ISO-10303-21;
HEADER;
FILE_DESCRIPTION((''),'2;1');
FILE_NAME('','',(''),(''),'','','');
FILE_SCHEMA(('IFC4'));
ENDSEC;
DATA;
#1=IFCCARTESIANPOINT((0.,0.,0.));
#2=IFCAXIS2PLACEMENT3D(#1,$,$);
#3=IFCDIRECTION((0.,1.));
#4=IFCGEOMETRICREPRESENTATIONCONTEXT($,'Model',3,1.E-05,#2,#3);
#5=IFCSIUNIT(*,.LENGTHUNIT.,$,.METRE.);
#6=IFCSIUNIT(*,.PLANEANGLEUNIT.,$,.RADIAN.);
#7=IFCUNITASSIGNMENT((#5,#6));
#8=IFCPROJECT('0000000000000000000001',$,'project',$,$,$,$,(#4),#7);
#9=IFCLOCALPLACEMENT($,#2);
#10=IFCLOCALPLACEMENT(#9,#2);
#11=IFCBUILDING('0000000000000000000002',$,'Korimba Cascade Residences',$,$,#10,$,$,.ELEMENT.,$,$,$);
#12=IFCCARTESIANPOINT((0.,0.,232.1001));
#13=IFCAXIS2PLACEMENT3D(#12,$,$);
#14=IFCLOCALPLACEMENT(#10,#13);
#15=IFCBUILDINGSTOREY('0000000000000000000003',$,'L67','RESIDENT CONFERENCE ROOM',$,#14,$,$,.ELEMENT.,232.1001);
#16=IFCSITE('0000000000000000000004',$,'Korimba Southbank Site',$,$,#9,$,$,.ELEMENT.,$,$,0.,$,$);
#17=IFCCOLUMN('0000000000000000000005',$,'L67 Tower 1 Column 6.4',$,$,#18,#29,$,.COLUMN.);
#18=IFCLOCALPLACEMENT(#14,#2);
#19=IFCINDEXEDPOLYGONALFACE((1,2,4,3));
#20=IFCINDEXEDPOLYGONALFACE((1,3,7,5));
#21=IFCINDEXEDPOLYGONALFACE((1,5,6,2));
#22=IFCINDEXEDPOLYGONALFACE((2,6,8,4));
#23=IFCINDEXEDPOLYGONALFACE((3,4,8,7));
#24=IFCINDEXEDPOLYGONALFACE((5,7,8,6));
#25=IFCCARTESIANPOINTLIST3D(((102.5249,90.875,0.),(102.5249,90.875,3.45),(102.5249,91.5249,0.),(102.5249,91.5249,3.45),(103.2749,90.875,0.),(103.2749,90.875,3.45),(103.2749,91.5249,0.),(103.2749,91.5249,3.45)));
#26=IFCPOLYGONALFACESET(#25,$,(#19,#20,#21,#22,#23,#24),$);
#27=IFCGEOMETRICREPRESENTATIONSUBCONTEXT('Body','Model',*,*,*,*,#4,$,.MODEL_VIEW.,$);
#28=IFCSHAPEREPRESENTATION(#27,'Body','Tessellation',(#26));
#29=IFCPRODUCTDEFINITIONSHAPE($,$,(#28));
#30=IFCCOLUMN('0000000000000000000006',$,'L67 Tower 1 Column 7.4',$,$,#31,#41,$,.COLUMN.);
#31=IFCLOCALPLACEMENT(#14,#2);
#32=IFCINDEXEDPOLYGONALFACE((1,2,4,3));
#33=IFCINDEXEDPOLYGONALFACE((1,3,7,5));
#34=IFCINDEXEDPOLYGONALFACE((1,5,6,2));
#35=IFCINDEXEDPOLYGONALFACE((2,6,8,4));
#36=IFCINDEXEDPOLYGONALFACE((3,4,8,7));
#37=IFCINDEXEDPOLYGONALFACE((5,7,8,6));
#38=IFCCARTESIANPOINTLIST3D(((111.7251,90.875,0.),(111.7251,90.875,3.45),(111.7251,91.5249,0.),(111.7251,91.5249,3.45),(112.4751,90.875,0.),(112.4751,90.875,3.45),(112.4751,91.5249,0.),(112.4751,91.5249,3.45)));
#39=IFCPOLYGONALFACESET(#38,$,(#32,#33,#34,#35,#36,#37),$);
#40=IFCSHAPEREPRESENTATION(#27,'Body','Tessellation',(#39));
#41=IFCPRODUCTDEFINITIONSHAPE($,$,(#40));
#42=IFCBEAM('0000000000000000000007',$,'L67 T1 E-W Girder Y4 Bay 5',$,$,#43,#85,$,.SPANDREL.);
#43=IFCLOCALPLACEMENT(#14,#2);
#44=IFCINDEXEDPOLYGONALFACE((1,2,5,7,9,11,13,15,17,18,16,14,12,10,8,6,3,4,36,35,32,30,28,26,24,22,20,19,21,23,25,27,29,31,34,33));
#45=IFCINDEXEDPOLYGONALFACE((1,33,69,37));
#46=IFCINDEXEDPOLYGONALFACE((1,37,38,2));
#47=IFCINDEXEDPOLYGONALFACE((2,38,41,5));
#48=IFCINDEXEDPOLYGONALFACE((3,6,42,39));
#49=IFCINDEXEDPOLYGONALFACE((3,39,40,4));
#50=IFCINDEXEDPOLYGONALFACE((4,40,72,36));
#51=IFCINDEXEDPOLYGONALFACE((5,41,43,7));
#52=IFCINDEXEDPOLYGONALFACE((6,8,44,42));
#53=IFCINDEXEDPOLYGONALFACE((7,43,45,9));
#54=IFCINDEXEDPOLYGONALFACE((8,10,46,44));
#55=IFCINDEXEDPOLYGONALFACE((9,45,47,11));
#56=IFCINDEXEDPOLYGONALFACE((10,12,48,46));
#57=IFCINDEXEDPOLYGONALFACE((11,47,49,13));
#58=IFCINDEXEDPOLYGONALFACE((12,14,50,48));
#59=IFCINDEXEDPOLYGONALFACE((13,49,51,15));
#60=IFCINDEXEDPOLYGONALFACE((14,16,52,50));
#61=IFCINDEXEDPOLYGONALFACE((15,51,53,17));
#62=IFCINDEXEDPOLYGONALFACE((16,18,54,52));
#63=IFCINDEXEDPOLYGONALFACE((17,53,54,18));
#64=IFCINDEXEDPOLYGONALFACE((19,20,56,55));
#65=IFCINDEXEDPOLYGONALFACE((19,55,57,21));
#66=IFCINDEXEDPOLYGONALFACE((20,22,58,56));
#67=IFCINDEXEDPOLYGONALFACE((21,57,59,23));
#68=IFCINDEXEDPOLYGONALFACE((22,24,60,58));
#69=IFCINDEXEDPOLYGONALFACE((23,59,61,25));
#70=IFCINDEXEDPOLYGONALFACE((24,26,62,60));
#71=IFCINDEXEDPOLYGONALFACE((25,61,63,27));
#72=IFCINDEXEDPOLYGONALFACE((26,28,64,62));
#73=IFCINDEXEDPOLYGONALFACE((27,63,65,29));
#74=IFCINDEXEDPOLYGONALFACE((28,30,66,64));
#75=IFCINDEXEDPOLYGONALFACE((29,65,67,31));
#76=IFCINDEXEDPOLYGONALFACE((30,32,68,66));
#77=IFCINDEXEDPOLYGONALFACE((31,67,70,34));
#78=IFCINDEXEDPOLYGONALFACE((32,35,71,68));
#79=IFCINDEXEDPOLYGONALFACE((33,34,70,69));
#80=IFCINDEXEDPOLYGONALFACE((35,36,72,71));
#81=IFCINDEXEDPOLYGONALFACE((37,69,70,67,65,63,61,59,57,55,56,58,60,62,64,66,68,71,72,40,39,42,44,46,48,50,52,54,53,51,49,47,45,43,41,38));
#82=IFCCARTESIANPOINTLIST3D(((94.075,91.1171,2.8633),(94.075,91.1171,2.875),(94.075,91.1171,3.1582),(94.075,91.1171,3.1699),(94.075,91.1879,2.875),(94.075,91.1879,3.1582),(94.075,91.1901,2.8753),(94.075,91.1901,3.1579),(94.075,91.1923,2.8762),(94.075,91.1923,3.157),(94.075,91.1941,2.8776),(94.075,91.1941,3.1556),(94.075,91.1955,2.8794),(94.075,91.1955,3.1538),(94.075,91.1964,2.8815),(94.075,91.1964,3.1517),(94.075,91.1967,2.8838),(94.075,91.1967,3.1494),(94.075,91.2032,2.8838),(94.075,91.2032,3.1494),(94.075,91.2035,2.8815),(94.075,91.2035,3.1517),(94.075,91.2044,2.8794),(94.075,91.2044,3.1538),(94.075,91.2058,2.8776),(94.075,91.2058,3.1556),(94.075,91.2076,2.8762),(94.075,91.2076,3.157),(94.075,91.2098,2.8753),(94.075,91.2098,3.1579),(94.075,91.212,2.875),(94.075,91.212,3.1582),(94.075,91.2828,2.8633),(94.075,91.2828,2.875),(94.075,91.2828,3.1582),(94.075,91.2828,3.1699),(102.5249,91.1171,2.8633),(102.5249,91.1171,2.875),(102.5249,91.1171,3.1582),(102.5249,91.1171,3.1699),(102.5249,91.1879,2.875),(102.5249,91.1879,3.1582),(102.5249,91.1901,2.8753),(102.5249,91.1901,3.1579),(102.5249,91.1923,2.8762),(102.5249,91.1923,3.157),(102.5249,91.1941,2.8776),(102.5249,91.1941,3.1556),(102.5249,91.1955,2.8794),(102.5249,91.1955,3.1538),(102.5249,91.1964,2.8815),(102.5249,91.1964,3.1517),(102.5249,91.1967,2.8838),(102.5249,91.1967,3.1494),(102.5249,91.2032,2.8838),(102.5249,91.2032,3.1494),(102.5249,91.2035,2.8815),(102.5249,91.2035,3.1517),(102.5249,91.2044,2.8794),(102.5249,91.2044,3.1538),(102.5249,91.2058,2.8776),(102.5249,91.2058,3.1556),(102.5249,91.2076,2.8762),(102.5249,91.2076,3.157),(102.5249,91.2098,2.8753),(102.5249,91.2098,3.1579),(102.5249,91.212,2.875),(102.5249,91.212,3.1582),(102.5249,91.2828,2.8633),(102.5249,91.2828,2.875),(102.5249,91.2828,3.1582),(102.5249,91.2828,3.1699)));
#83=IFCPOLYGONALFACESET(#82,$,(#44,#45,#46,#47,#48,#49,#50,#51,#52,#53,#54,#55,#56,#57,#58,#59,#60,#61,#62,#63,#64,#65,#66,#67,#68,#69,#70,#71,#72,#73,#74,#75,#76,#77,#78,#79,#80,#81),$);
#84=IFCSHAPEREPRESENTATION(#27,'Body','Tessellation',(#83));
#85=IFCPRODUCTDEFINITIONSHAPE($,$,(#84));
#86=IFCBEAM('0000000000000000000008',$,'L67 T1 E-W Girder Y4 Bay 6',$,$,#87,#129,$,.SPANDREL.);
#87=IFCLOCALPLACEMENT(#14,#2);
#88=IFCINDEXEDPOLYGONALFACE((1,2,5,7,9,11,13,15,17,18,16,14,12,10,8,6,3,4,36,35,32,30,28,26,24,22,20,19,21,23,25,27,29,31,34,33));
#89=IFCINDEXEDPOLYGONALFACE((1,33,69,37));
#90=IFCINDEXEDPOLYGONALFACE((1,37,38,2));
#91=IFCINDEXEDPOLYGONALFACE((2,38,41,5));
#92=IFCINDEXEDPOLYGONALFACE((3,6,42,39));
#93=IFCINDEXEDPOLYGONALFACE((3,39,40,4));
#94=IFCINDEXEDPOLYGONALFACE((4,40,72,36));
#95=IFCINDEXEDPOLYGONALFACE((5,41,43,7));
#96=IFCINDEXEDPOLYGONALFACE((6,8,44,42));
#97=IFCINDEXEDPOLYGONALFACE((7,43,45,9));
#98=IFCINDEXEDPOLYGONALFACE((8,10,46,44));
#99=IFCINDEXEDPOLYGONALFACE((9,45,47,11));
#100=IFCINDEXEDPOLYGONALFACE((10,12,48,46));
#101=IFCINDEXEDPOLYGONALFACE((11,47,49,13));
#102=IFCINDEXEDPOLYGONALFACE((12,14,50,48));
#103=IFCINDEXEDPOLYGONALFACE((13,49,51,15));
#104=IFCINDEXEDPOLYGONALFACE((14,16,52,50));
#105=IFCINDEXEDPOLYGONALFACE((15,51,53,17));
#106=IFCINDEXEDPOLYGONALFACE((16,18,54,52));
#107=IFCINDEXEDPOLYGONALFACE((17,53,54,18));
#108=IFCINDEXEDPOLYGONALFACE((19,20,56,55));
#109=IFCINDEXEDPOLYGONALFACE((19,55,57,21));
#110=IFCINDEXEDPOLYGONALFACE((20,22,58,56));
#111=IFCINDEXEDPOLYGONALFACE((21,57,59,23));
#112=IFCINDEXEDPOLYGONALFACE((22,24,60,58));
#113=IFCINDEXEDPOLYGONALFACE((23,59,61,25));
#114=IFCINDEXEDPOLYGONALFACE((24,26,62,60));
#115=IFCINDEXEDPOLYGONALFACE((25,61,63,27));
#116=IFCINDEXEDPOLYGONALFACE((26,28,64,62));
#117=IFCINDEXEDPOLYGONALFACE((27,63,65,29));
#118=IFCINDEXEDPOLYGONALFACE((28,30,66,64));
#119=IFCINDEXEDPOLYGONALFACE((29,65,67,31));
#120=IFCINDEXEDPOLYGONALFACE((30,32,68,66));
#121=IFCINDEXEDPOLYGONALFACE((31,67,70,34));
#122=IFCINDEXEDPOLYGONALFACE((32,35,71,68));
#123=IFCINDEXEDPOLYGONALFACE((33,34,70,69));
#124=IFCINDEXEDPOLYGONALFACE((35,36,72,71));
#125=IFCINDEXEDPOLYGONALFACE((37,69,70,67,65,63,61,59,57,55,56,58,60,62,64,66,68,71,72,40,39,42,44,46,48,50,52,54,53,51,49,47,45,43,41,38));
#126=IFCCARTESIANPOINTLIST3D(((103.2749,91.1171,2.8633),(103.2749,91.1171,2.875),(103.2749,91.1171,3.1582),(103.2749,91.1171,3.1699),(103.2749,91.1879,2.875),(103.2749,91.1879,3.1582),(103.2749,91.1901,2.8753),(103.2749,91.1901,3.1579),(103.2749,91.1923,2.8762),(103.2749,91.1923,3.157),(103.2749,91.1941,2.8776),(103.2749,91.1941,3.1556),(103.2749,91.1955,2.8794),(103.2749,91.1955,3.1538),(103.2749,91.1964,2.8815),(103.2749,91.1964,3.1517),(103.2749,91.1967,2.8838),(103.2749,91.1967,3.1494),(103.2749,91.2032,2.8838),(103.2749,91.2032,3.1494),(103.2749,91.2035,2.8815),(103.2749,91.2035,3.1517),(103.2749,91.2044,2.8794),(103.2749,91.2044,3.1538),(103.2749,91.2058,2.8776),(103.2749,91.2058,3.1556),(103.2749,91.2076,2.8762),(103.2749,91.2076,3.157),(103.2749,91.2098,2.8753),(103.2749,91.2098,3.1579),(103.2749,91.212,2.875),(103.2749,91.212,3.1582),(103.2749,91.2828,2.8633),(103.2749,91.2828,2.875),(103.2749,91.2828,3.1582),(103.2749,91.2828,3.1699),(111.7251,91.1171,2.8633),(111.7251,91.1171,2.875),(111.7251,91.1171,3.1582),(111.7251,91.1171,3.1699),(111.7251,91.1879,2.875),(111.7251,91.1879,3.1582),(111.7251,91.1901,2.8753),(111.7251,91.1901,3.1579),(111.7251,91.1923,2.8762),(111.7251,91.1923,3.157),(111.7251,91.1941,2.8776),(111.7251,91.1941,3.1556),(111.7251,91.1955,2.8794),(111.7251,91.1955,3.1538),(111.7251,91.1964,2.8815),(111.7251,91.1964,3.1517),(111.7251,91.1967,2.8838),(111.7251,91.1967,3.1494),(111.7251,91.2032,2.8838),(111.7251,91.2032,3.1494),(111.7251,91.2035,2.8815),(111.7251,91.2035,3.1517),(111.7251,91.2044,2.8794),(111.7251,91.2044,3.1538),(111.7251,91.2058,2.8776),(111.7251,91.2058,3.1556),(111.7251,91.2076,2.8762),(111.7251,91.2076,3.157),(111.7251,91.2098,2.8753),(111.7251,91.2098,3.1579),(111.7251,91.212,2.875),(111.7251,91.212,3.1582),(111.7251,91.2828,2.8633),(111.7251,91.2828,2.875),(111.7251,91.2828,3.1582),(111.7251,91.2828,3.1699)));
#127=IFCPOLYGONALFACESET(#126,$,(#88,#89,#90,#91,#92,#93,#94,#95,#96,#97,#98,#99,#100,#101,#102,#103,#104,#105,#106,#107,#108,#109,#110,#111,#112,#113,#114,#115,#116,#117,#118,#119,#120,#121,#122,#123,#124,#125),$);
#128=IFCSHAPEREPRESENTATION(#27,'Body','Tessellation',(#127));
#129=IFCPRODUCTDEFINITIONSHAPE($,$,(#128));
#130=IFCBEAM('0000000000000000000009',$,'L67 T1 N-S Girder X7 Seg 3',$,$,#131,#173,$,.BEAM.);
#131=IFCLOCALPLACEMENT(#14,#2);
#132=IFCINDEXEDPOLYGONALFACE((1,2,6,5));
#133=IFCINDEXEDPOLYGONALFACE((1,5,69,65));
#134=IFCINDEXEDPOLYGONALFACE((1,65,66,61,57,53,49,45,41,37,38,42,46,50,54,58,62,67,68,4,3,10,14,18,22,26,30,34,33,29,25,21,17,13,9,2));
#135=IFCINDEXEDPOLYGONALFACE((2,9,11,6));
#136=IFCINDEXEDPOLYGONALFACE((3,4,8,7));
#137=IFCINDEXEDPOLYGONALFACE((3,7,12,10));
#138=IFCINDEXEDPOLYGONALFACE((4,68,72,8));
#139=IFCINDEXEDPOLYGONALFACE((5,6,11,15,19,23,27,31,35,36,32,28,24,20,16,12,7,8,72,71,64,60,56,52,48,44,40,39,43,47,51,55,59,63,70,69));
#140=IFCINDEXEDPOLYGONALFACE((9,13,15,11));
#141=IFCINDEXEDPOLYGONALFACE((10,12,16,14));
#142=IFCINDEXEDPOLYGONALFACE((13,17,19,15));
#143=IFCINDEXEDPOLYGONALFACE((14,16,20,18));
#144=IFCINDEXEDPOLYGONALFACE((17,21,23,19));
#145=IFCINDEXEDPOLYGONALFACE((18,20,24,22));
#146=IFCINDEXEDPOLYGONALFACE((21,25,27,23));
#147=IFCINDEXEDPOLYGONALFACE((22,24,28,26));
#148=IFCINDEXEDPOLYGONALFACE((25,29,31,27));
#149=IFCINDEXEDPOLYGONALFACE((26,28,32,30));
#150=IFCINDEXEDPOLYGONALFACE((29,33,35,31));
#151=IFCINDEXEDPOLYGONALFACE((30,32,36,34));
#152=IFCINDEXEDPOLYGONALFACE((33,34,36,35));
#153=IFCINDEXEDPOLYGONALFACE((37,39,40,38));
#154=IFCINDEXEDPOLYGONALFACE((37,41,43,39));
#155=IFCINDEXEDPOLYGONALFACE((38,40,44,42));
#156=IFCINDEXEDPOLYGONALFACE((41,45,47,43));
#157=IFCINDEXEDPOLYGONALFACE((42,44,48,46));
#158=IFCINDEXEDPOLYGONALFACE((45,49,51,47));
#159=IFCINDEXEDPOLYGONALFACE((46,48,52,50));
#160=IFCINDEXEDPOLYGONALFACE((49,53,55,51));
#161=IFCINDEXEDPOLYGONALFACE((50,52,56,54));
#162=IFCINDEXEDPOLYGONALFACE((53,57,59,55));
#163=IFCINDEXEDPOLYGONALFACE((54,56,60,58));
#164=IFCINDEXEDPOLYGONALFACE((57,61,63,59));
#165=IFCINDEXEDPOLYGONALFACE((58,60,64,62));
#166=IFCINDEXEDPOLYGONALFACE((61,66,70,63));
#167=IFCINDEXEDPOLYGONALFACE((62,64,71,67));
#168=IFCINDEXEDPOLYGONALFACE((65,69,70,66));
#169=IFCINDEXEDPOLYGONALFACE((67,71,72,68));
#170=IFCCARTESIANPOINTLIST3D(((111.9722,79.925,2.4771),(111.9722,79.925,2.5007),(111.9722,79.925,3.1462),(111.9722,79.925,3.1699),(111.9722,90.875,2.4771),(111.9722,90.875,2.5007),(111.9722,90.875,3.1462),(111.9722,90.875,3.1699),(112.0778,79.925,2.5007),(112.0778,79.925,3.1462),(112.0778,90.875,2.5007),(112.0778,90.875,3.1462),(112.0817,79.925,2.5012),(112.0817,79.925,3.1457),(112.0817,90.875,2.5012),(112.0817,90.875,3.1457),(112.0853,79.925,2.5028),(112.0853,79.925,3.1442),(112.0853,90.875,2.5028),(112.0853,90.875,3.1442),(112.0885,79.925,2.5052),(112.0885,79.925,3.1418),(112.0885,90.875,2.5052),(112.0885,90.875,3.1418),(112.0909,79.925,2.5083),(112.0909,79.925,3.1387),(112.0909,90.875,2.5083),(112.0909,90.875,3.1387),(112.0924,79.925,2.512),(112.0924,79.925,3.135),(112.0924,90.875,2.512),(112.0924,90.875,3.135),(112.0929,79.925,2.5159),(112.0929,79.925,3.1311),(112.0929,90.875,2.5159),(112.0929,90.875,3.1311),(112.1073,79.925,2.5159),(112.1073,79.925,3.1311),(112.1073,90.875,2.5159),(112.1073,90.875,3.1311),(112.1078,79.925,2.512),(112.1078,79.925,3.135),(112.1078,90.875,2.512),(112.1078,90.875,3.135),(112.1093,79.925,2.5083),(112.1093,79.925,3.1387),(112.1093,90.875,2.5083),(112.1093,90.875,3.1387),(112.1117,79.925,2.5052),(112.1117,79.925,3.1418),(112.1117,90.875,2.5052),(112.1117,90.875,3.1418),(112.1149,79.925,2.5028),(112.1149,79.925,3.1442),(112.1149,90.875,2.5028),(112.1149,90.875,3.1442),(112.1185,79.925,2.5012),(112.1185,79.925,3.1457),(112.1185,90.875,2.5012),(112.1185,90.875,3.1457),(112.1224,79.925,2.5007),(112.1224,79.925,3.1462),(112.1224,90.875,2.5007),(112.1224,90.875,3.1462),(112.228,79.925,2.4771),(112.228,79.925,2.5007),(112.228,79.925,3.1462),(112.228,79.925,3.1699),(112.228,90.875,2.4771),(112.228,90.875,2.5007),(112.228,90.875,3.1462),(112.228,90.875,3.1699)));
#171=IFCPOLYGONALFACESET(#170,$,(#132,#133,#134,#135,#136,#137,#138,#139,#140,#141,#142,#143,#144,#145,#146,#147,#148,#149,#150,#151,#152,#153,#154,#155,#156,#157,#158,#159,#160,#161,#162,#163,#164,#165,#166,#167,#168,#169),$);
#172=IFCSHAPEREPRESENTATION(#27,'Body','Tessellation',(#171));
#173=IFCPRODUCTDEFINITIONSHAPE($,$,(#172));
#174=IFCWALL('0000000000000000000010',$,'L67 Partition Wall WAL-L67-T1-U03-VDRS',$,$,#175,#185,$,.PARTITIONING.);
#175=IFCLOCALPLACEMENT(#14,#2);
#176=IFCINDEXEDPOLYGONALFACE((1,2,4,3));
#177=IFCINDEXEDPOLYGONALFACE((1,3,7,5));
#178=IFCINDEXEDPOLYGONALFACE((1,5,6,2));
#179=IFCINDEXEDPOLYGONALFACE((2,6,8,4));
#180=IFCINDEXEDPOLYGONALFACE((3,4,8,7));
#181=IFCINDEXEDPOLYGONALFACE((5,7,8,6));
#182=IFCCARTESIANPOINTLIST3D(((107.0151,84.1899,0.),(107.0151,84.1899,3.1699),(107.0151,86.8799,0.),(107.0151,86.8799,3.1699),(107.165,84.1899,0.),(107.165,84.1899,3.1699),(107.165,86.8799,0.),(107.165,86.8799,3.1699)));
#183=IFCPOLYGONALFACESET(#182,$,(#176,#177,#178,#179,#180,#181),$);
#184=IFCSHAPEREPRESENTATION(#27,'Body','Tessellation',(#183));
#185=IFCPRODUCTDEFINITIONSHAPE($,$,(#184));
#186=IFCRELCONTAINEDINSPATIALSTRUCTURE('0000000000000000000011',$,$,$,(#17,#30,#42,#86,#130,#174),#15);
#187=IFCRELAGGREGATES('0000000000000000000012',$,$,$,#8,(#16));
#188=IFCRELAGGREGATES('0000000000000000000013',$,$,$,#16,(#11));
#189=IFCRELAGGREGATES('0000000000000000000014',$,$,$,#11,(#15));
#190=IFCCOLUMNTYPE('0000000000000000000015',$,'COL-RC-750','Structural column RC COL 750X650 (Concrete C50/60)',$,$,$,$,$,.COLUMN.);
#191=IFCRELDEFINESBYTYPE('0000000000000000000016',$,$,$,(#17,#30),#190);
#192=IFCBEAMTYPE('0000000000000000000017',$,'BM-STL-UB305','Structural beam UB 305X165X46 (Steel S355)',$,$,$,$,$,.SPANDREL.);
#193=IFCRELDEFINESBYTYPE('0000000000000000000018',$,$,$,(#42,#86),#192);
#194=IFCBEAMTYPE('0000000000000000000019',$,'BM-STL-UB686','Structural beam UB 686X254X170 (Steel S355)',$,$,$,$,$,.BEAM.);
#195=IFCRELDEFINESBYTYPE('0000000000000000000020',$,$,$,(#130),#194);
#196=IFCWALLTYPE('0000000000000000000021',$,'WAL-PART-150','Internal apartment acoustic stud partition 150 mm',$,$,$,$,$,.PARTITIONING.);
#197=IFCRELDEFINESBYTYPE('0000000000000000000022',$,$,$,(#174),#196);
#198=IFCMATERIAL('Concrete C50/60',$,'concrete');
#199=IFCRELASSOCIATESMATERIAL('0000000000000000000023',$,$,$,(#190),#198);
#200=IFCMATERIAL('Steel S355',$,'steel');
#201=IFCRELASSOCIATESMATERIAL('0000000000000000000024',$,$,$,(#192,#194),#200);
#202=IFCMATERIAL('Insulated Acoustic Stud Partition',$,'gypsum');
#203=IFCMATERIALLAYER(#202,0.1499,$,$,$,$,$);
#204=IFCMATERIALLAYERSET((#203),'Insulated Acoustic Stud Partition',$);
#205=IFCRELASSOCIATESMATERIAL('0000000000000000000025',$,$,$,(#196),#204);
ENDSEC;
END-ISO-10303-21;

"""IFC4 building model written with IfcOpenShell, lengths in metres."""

from ifc_helpers import new_model, si_unit, direction, frame, frame_2d, origin, origin_2d, place, context, subcontext, project, spatial, rectangle, i_section, extrude, material, layer, layer_set, material_profile, profile_set, type_object, element, save


model = new_model("IFC4")

# Units and contexts
model_context = context("Model", 3, precision=1e-05, world=origin(), true_north=direction((0.0, 1.0)))
body_context = subcontext(model_context, "Body", "Model", "MODEL_VIEW")
ifc_project = project(units=[si_unit("LENGTHUNIT", "METRE"), si_unit("PLANEANGLEUNIT", "RADIAN")], contexts=[model_context])

# Site, building, storey
site_placement = place(None, origin())
site = spatial("IfcSite", under=ifc_project, at=site_placement, Name="Korimba Southbank Site", CompositionType="ELEMENT", RefElevation=0.0)
building_placement = place(site_placement, origin())
building = spatial("IfcBuilding", under=site, at=building_placement, Name="Korimba Cascade Residences", CompositionType="ELEMENT")
storey_placement = place(building_placement, frame((0.0, 0.0, 232.1001)))
storey = spatial("IfcBuildingStorey", under=building, at=storey_placement, Name="L67", Description="RESIDENT CONFERENCE ROOM", CompositionType="ELEMENT", Elevation=232.1001)

# Columns
ifc_material_1 = material(Name="Concrete C50/60", Category="concrete")
ifc_material_profile_1 = material_profile(ifc_material_1, rectangle(XDim=0.75, YDim=0.6499, at=origin_2d()), Name="Concrete C50/60")
ifc_profile_set_1 = profile_set([ifc_material_profile_1], Name="Concrete C50/60")
column_type = type_object("IfcColumnType", Name="COL-RC-750", Description="Structural column RC COL 750X650 (Concrete C50/60)", PredefinedType="COLUMN", material=ifc_profile_set_1)
for number, where, z_axis, x_axis, name in (
    (1, (102.8999, 91.2, 0.0), (0.0, 0.0, 1.0), (1.0, 0.0, 0.0), "L67 Tower 1 Column 6.4"),
    (2, (112.1001, 91.2, 0.0), (0.0, 0.0, 1.0), (1.0, 0.0, 0.0), "L67 Tower 1 Column 7.4"),
):
    element("IfcColumn", number, at=place(storey_placement, frame(where, z_axis=z_axis, x_axis=x_axis)), inside=storey, type_object=column_type, Name=name, PredefinedType="COLUMN", context=body_context, shape_type="SweptSolid", body=[
        extrude(rectangle(XDim=0.75, YDim=0.6499, at=origin_2d()), origin(), (0.0, 0.0, 1.0), 3.45),
    ])

# Beams
ifc_material_2 = material(Name="Steel S355", Category="steel")
ifc_material_profile_2 = material_profile(ifc_material_2, i_section(OverallWidth=0.1658, OverallDepth=0.3066, WebThickness=0.0066, FlangeThickness=0.0117, FilletRadius=0.0088, at=origin_2d()), Name="Steel S355")
ifc_profile_set_2 = profile_set([ifc_material_profile_2], Name="Steel S355")
beam_type_1 = type_object("IfcBeamType", Name="BM-STL-UB305", Description="Structural beam UB 305X165X46 (Steel S355)", PredefinedType="SPANDREL", material=ifc_profile_set_2)
beam_1_placement = place(storey_placement, frame((94.075, 91.2, 3.0166), z_axis=(1.0, 0.0, 0.0), x_axis=(0.0, 1.0, 0.0)))
element("IfcBeam", 3, at=beam_1_placement, inside=storey, type_object=beam_type_1, Name="L67 T1 E-W Girder Y4 Bay 5", PredefinedType="SPANDREL", context=body_context, shape_type="SweptSolid", body=[
    extrude(i_section(OverallWidth=0.1658, OverallDepth=0.3066, WebThickness=0.0066, FlangeThickness=0.0117, FilletRadius=0.0088, at=origin_2d()), origin(), (0.0, 0.0, 1.0), 8.45),
])
beam_2_placement = place(storey_placement, frame((103.2749, 91.2, 3.0166), z_axis=(1.0, 0.0, 0.0), x_axis=(0.0, 1.0, 0.0)))
element("IfcBeam", 4, at=beam_2_placement, inside=storey, type_object=beam_type_1, Name="L67 T1 E-W Girder Y4 Bay 6", PredefinedType="SPANDREL", context=body_context, shape_type="SweptSolid", body=[
    extrude(i_section(OverallWidth=0.1658, OverallDepth=0.3066, WebThickness=0.0066, FlangeThickness=0.0117, FilletRadius=0.0088, at=origin_2d()), origin(), (0.0, 0.0, 1.0), 8.4502),
])
ifc_material_profile_3 = material_profile(ifc_material_2, i_section(OverallWidth=0.2559, OverallDepth=0.6929, WebThickness=0.0144, FlangeThickness=0.0237, FilletRadius=0.0151, at=origin_2d()), Name="Steel S355")
ifc_profile_set_3 = profile_set([ifc_material_profile_3], Name="Steel S355")
beam_type_2 = type_object("IfcBeamType", Name="BM-STL-UB686", Description="Structural beam UB 686X254X170 (Steel S355)", PredefinedType="BEAM", material=ifc_profile_set_3)
beam_3_placement = place(storey_placement, frame((112.1001, 79.925, 2.8235), z_axis=(0.0, 1.0, 0.0), x_axis=(-1.0, 0.0, 0.0)))
element("IfcBeam", 5, at=beam_3_placement, inside=storey, type_object=beam_type_2, Name="L67 T1 N-S Girder X7 Seg 3", PredefinedType="BEAM", context=body_context, shape_type="SweptSolid", body=[
    extrude(i_section(OverallWidth=0.2559, OverallDepth=0.6929, WebThickness=0.0144, FlangeThickness=0.0237, FilletRadius=0.0151, at=origin_2d()), origin(), (0.0, 0.0, 1.0), 10.95),
])

# Wall
ifc_material_3 = material(Name="Insulated Acoustic Stud Partition", Category="gypsum")
ifc_layer = layer(ifc_material_3, 0.1499)
ifc_layer_set = layer_set([ifc_layer], Name="Insulated Acoustic Stud Partition")
wall_type = type_object("IfcWallType", Name="WAL-PART-150", Description="Internal apartment acoustic stud partition 150 mm", PredefinedType="PARTITIONING", material=ifc_layer_set)
wall_1_placement = place(storey_placement, frame((107.0901, 84.1899, 0.0), z_axis=(0.0, 0.0, 1.0), x_axis=(0.0, 1.0, 0.0)))
element("IfcWall", 6, at=wall_1_placement, inside=storey, type_object=wall_type, Name="L67 Partition Wall WAL-L67-T1-U03-VDRS", PredefinedType="PARTITIONING", context=body_context, shape_type="SweptSolid", body=[
    extrude(rectangle(XDim=2.6899, YDim=0.1499, at=frame_2d((1.345, 0.0))), origin(), (0.0, 0.0, 1.0), 3.1699),
])

save(model, "model.ifc")
